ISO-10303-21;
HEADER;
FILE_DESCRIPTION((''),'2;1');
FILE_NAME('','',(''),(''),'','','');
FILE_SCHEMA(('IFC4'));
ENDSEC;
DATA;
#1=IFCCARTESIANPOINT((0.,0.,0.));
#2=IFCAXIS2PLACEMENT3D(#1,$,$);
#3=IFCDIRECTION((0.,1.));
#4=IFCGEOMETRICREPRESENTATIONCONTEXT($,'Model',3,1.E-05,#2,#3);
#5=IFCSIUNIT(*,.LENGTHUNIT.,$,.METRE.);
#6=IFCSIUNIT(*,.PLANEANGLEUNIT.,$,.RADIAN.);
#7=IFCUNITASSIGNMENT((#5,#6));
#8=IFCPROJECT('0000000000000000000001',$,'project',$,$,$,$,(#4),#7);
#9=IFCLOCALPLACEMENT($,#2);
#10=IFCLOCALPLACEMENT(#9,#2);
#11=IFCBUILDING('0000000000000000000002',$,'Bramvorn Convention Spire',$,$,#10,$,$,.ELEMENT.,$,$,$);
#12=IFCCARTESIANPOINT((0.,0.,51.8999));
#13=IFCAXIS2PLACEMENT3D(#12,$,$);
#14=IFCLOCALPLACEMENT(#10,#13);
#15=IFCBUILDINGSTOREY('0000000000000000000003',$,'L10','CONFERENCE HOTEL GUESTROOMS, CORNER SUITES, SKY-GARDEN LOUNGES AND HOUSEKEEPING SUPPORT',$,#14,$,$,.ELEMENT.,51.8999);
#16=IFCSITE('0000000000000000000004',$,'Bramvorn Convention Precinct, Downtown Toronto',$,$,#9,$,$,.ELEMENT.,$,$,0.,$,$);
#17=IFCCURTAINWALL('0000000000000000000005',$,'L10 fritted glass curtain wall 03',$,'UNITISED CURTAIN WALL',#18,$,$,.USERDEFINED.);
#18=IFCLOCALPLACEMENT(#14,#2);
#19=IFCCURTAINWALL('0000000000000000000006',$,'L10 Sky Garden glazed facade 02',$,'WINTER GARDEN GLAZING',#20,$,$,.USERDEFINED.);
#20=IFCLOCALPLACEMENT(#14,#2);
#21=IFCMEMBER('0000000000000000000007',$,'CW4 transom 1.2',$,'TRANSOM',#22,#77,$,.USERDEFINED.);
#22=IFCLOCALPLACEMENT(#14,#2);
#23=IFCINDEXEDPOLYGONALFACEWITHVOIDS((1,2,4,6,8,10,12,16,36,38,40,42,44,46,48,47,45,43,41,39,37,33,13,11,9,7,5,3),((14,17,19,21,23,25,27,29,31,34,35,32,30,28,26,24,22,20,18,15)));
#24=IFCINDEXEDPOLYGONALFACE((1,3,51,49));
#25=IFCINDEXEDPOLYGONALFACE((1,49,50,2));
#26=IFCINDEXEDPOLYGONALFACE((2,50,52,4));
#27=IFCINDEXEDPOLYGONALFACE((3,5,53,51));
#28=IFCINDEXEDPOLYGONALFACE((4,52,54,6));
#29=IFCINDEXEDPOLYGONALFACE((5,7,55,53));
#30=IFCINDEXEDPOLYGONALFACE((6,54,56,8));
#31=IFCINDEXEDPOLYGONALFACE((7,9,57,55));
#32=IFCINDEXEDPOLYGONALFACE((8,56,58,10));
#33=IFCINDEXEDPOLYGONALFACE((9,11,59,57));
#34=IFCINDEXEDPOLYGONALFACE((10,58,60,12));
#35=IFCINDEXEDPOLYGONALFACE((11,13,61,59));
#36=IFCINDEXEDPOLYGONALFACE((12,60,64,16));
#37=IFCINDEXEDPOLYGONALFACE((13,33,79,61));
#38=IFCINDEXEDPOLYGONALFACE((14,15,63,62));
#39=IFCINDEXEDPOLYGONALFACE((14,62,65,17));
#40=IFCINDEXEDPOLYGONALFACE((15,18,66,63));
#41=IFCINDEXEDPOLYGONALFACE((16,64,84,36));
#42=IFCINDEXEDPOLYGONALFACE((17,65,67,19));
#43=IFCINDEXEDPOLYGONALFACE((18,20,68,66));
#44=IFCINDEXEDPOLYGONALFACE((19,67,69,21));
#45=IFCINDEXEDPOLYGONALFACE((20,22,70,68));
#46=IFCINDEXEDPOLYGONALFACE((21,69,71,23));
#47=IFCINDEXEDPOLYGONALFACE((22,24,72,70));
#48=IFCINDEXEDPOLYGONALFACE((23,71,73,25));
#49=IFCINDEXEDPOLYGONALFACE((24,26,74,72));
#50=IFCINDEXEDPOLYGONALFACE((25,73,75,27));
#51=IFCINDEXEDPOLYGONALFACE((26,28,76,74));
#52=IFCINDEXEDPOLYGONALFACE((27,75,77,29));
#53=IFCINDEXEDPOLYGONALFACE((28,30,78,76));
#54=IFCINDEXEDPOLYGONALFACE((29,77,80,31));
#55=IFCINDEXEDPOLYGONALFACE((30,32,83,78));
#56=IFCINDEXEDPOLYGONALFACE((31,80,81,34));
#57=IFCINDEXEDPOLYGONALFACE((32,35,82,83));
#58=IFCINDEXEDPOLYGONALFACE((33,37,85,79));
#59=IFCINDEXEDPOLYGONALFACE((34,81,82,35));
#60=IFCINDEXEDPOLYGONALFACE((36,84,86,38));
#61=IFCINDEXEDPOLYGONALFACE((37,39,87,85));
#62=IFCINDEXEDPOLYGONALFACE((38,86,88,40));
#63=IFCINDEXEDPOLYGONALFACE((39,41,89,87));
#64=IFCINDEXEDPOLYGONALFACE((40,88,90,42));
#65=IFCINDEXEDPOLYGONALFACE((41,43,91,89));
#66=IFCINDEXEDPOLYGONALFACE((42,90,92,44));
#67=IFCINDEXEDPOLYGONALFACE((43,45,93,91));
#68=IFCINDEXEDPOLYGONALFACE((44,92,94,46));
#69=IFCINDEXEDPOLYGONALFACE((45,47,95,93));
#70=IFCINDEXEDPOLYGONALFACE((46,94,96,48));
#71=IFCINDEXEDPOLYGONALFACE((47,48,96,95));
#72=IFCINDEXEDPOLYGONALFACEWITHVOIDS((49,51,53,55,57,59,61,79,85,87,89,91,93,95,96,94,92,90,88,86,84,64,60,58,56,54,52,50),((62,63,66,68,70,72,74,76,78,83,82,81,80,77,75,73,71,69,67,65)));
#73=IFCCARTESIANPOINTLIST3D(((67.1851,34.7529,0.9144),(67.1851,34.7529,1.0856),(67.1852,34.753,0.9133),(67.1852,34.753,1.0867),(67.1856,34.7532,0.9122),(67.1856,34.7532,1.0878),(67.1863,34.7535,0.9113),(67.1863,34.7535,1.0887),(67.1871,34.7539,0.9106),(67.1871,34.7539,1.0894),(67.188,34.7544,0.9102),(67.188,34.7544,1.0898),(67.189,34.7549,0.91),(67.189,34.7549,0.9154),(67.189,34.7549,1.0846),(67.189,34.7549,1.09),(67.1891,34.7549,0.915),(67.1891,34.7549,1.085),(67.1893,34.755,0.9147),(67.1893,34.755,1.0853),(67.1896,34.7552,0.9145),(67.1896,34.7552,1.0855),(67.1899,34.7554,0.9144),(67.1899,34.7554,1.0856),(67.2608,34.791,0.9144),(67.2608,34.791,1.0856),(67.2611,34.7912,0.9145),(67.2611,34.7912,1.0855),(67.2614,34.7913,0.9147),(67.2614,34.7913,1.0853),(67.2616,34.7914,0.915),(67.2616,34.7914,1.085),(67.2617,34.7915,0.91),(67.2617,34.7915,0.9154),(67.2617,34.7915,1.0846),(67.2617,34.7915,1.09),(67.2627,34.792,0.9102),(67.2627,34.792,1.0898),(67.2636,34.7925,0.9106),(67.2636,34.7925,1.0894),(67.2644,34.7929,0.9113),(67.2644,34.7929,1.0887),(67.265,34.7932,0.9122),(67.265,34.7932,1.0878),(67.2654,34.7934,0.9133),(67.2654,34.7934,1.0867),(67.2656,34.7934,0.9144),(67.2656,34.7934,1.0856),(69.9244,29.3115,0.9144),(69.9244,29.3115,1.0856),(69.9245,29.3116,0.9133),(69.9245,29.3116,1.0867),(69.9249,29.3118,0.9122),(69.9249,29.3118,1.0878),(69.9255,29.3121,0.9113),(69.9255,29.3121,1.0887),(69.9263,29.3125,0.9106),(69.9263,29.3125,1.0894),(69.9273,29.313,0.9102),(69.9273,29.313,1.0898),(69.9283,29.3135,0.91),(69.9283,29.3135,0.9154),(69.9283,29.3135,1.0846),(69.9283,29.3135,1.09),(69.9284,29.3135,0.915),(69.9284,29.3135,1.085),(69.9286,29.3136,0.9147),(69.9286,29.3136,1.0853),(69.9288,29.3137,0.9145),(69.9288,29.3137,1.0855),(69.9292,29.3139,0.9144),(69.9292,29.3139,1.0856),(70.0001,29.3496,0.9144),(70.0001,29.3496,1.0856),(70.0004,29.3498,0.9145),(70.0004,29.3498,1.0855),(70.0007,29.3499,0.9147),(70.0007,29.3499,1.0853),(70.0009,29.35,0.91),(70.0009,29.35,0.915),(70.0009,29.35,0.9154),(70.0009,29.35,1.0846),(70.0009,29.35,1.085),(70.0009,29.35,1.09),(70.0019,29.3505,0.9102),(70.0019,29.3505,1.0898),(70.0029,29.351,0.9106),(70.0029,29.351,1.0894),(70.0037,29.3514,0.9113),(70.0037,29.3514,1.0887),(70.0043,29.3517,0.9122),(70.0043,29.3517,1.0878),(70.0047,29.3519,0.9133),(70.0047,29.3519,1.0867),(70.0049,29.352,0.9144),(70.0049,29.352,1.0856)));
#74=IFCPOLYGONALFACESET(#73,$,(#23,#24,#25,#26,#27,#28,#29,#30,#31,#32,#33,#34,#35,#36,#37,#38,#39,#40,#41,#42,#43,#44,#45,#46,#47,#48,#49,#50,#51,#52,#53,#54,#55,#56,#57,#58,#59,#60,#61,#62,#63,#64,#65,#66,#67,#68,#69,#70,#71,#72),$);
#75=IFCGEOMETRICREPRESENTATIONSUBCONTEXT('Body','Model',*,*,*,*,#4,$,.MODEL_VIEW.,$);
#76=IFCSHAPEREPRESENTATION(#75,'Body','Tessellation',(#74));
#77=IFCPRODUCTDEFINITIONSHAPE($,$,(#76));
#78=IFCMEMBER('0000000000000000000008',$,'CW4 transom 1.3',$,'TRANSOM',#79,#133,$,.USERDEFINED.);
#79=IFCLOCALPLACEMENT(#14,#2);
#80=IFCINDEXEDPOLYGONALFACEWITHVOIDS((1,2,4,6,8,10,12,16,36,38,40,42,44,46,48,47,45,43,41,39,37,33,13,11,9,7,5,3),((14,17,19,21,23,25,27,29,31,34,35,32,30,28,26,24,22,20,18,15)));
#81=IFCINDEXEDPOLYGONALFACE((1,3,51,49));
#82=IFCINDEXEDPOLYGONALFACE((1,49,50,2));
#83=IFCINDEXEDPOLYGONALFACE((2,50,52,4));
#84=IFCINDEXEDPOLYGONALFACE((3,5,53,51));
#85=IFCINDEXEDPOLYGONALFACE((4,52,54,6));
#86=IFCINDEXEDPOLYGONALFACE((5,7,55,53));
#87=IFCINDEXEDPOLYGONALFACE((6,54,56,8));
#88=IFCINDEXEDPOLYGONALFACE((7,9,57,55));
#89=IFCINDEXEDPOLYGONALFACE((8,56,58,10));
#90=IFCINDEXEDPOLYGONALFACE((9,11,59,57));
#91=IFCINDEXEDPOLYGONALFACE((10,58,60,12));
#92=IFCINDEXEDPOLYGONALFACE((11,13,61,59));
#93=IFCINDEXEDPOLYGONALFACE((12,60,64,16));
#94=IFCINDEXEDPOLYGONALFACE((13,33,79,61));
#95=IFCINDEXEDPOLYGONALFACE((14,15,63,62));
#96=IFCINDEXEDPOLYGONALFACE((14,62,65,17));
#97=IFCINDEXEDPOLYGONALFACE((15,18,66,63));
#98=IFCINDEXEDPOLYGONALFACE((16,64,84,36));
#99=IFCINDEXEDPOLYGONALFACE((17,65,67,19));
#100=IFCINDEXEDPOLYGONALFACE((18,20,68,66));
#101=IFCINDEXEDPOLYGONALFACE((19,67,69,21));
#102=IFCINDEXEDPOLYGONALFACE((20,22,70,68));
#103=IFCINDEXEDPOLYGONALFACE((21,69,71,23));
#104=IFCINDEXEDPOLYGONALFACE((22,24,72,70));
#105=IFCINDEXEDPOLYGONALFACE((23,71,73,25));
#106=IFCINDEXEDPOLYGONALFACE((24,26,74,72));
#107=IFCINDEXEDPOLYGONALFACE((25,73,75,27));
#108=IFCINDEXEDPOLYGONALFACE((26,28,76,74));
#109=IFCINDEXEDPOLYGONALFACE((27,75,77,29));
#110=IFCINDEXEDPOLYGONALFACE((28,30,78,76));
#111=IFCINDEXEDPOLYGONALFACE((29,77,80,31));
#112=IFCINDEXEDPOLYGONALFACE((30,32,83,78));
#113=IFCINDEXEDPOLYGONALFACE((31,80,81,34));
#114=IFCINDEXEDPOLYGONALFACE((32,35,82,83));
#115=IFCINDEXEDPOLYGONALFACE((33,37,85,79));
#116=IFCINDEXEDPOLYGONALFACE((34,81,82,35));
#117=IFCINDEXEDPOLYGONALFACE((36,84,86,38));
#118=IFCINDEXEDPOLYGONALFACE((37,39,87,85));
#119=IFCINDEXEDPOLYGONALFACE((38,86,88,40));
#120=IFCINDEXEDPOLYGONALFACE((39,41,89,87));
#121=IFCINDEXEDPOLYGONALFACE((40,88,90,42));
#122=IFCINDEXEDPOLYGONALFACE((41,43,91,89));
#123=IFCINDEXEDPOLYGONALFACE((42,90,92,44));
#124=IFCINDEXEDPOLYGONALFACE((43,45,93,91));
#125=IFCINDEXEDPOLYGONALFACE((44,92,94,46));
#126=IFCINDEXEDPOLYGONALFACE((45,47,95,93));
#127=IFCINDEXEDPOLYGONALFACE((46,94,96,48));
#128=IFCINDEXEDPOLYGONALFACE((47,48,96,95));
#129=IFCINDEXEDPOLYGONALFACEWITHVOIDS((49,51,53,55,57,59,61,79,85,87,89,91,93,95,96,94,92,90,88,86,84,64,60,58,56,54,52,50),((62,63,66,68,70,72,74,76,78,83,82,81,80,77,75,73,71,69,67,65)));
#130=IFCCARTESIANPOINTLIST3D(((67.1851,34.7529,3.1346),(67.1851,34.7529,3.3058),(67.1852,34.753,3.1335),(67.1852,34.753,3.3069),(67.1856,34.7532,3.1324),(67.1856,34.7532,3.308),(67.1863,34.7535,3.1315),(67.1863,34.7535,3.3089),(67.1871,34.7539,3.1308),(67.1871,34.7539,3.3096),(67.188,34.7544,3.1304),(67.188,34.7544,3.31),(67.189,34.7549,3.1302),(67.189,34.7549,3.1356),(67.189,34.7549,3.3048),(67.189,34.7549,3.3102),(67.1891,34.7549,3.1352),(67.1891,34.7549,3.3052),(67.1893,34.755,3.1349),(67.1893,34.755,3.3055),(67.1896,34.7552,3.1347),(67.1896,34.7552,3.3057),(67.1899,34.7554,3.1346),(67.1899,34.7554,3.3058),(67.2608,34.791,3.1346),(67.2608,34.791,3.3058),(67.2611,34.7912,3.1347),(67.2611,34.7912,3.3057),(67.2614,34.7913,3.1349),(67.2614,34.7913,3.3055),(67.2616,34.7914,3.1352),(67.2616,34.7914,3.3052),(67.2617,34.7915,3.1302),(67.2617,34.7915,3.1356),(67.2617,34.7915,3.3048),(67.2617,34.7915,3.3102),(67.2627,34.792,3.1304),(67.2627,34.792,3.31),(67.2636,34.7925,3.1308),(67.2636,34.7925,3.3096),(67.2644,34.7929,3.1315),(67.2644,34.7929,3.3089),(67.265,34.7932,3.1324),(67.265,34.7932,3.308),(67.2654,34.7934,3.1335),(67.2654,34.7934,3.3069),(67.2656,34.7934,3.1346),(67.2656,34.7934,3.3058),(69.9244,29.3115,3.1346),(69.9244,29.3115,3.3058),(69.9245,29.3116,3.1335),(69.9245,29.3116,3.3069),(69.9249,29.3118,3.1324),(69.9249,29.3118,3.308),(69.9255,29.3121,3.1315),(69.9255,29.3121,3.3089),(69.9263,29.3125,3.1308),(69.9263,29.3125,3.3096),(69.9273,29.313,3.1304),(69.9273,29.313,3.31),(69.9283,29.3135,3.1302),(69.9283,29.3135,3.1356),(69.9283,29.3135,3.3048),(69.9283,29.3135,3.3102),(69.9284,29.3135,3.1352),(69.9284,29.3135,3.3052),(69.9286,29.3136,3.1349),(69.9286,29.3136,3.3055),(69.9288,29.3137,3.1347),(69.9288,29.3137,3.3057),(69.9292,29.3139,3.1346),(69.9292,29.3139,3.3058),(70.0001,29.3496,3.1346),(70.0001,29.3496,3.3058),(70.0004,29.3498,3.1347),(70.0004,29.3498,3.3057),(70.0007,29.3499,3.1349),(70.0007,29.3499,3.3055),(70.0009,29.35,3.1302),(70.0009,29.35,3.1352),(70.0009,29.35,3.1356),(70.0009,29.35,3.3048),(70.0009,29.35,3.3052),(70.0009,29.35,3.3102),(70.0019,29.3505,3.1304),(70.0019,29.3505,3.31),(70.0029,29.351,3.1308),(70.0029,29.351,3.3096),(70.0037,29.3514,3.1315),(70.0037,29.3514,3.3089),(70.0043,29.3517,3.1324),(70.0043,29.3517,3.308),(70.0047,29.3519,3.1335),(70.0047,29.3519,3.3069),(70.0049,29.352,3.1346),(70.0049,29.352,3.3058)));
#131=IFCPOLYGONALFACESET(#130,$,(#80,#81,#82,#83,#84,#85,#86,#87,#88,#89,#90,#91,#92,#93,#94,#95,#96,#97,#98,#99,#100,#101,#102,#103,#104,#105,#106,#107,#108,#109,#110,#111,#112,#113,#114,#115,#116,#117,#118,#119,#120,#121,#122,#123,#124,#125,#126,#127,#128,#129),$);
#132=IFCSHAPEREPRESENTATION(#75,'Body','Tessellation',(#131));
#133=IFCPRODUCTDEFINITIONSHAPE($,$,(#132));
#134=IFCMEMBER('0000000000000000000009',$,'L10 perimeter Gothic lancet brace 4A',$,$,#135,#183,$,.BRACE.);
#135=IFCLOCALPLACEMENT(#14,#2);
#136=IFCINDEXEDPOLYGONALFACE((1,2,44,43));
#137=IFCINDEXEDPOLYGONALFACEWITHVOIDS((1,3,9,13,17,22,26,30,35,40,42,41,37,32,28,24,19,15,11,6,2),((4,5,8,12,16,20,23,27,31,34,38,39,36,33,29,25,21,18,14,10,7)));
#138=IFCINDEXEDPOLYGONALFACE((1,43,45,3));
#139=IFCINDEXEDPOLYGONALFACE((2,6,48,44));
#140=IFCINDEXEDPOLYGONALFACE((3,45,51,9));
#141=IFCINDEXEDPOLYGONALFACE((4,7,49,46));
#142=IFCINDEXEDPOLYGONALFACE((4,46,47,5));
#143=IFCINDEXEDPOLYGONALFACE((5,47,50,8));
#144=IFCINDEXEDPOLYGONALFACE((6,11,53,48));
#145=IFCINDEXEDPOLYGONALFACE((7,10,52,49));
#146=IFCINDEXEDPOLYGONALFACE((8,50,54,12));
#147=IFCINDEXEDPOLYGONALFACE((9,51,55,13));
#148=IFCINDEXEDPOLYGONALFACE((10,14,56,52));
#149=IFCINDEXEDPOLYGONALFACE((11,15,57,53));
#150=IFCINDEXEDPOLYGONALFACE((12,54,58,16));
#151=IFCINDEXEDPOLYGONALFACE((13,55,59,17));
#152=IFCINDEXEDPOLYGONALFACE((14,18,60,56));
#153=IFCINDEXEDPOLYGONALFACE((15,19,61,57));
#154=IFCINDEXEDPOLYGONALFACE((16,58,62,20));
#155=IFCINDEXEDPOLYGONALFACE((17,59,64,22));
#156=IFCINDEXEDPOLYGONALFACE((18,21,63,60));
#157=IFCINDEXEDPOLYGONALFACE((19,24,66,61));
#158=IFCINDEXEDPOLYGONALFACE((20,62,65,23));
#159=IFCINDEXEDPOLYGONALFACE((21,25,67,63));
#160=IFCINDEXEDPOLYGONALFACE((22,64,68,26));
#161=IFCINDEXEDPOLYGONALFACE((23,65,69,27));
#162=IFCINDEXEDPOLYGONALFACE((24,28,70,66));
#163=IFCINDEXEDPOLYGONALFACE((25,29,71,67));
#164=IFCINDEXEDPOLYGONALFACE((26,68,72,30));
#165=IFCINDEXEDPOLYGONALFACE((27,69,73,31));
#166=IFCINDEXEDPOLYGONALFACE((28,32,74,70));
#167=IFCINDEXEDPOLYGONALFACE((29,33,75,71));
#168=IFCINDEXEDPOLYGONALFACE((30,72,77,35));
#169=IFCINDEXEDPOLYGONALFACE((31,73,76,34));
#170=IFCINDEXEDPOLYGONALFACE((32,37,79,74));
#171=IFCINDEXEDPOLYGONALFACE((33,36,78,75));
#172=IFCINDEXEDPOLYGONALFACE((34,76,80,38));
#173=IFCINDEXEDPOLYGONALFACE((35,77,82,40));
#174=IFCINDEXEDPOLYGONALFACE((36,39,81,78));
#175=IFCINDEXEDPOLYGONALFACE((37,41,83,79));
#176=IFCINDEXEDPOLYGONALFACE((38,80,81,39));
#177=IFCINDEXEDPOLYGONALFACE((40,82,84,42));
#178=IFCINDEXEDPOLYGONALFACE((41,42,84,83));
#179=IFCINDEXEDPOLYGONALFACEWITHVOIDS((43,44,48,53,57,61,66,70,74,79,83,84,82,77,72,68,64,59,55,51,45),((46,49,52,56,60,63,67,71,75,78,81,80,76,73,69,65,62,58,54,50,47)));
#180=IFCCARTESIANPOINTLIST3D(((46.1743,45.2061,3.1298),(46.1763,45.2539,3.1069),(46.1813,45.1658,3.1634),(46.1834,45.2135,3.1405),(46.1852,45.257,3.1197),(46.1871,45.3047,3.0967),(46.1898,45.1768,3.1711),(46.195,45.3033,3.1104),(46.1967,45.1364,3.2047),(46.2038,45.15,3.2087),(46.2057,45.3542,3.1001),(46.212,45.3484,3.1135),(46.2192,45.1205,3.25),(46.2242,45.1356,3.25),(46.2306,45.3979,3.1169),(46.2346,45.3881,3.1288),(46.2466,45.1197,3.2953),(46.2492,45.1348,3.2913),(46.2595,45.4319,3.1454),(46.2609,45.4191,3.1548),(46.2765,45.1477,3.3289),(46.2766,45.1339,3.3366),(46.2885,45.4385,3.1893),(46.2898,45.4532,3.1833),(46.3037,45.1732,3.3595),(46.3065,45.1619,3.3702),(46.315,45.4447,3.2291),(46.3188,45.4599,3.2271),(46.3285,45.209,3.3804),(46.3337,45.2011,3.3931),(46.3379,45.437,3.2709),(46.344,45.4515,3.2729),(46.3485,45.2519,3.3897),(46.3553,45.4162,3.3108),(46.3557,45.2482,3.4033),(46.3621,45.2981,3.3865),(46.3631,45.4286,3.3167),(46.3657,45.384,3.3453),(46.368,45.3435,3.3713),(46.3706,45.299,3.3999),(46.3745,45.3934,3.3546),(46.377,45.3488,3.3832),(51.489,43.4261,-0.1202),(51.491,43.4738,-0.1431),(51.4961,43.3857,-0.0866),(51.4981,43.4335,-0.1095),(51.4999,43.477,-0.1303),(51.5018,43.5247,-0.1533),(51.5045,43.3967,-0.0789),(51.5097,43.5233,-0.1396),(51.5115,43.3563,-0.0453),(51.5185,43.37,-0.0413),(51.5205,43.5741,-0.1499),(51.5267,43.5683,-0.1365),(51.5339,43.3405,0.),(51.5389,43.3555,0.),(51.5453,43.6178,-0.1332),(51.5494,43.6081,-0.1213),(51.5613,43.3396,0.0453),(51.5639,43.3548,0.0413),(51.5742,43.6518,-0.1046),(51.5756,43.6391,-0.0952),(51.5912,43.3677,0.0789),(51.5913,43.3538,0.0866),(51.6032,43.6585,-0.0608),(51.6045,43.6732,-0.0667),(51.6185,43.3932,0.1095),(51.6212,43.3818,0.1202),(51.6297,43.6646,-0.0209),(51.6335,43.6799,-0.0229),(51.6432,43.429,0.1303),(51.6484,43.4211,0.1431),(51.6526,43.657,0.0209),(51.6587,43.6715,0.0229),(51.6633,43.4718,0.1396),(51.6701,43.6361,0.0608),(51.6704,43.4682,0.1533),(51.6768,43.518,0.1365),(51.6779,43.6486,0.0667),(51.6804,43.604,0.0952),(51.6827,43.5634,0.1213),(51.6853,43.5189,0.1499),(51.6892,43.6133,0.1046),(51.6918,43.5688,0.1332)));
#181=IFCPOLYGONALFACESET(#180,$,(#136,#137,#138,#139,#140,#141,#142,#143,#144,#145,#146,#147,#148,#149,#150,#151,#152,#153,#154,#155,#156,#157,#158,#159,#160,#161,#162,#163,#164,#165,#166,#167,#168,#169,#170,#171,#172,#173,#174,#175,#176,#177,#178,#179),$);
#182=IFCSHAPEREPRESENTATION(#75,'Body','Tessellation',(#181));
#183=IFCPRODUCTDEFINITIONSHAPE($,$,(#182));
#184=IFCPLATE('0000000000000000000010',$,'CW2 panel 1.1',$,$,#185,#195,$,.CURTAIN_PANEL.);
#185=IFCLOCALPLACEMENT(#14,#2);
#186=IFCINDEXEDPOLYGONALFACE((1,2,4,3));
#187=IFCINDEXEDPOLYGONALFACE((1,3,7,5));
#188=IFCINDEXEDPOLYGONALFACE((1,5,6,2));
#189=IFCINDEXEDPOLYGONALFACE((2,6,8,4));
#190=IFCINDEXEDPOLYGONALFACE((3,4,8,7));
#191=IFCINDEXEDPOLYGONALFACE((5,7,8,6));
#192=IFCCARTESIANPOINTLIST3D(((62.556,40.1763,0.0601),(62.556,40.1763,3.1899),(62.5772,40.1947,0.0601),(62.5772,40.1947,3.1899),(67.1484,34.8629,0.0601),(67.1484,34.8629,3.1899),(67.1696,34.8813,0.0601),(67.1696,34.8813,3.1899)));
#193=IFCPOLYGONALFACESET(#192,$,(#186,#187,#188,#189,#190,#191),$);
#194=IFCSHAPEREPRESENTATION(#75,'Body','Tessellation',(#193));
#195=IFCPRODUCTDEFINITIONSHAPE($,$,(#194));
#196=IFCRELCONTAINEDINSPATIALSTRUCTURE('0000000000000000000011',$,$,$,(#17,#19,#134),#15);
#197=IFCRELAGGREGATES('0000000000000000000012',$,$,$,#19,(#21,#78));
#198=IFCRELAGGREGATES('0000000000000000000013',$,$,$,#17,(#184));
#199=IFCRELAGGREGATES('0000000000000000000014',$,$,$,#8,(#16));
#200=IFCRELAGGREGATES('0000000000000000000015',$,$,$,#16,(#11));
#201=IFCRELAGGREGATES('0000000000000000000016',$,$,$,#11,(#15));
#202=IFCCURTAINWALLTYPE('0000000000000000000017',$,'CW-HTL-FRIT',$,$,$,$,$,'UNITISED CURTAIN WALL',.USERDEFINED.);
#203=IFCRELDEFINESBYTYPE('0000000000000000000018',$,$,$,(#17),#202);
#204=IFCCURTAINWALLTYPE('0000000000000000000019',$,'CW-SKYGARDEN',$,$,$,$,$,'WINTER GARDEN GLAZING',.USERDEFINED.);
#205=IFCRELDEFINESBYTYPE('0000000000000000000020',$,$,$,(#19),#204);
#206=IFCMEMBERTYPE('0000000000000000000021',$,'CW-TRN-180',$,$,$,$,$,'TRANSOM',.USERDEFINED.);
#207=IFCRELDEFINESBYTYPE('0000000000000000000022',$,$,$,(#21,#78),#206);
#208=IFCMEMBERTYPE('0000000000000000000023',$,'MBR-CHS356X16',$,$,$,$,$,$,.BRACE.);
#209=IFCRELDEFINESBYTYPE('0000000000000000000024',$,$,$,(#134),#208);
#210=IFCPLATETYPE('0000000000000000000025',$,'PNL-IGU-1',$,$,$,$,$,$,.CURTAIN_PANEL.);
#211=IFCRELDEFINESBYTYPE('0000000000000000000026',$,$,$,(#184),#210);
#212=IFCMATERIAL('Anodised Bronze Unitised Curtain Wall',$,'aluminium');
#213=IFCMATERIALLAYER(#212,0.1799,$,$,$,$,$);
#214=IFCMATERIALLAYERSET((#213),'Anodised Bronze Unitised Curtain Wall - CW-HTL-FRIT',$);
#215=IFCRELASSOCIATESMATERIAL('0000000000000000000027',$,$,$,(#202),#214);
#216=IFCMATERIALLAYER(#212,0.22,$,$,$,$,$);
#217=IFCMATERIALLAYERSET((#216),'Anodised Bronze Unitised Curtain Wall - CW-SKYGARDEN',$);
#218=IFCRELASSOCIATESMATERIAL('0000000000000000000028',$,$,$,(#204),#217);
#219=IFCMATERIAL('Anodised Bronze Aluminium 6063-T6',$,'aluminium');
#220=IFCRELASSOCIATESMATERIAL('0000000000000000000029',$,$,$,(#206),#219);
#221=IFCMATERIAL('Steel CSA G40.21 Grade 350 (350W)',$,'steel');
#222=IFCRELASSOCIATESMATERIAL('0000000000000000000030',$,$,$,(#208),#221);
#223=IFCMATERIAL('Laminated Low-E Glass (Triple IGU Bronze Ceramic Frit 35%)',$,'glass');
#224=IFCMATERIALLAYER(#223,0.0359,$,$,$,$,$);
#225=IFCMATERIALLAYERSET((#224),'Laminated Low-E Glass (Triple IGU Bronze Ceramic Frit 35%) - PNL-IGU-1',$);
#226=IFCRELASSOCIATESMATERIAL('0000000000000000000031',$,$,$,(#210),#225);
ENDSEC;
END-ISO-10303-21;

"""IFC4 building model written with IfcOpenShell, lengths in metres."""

from ifc_helpers import new_model, si_unit, direction, frame, origin, origin_2d, place, context, subcontext, project, spatial, rectangle, hollow_rectangle, hollow_circle, extrude, material, layer, layer_set, material_profile, profile_set, type_object, element, aggregate, save


model = new_model("IFC4")

# Units and contexts
model_context = context("Model", 3, precision=1e-05, world=origin(), true_north=direction((0.0, 1.0)))
body_context = subcontext(model_context, "Body", "Model", "MODEL_VIEW")
ifc_project = project(units=[si_unit("LENGTHUNIT", "METRE"), si_unit("PLANEANGLEUNIT", "RADIAN")], contexts=[model_context])

# Site, building, storey
site_placement = place(None, origin())
site = spatial("IfcSite", under=ifc_project, at=site_placement, Name="Bramvorn Convention Precinct, Downtown Toronto", CompositionType="ELEMENT", RefElevation=0.0)
building_placement = place(site_placement, origin())
building = spatial("IfcBuilding", under=site, at=building_placement, Name="Bramvorn Convention Spire", CompositionType="ELEMENT")
storey_placement = place(building_placement, frame((0.0, 0.0, 51.8999)))
storey = spatial("IfcBuildingStorey", under=building, at=storey_placement, Name="L10", Description="CONFERENCE HOTEL GUESTROOMS, CORNER SUITES, SKY-GARDEN LOUNGES AND HOUSEKEEPING SUPPORT", CompositionType="ELEMENT", Elevation=51.8999)

# Shared definitions
ifc_material_1 = material(Name="Steel CSA G40.21 Grade 350 (350W)", Category="steel")

# Curtain wall
ifc_material_2 = material(Name="Anodised Bronze Unitised Curtain Wall", Category="aluminium")
ifc_layer_1 = layer(ifc_material_2, 0.1799)
ifc_layer_set_1 = layer_set([ifc_layer_1], Name="Anodised Bronze Unitised Curtain Wall - CW-HTL-FRIT")
curtain_wall_type_1 = type_object("IfcCurtainWallType", Name="CW-HTL-FRIT", ElementType="UNITISED CURTAIN WALL", PredefinedType="USERDEFINED", material=ifc_layer_set_1)
curtain_wall_1_placement = place(storey_placement, origin())
curtain_wall_1 = element("IfcCurtainWall", 1, at=curtain_wall_1_placement, inside=storey, type_object=curtain_wall_type_1, Name="L10 fritted glass curtain wall 03", ObjectType="UNITISED CURTAIN WALL", PredefinedType="USERDEFINED")
ifc_material_3 = material(Name="Anodised Bronze Aluminium 6063-T6", Category="aluminium")

# Curtain wall
ifc_layer_2 = layer(ifc_material_2, 0.22)
ifc_layer_set_2 = layer_set([ifc_layer_2], Name="Anodised Bronze Unitised Curtain Wall - CW-SKYGARDEN")
curtain_wall_type_2 = type_object("IfcCurtainWallType", Name="CW-SKYGARDEN", ElementType="WINTER GARDEN GLAZING", PredefinedType="USERDEFINED", material=ifc_layer_set_2)
curtain_wall_2_placement = place(storey_placement, origin())
curtain_wall_2 = element("IfcCurtainWall", 2, at=curtain_wall_2_placement, inside=storey, type_object=curtain_wall_type_2, Name="L10 Sky Garden glazed facade 02", ObjectType="WINTER GARDEN GLAZING", PredefinedType="USERDEFINED")

# Members
ifc_material_profile_1 = material_profile(ifc_material_3, hollow_rectangle(XDim=0.0901, YDim=0.1799, WallThickness=0.0044, InnerFilletRadius=0.001, OuterFilletRadius=0.0044, at=origin_2d()))
ifc_profile_set_1 = profile_set([ifc_material_profile_1], Name="Anodised Bronze Aluminium 6063-T6 - CWT90X180")
member_type_1 = type_object("IfcMemberType", Name="CW-TRN-180", ElementType="TRANSOM", PredefinedType="USERDEFINED", material=ifc_profile_set_1)
member_1_placement = place(storey_placement, frame((67.2253, 34.7732, 1.0), z_axis=(0.449649, -0.893206, 0.0), x_axis=(0.893206, 0.449649, 0.0)))
member_1 = element("IfcMember", 3, at=member_1_placement, type_object=member_type_1, Name="CW4 transom 1.2", ObjectType="TRANSOM", PredefinedType="USERDEFINED", context=body_context, shape_type="SweptSolid", body=[
    extrude(hollow_rectangle(XDim=0.0901, YDim=0.1799, WallThickness=0.0044, InnerFilletRadius=0.001, OuterFilletRadius=0.0044, at=origin_2d()), origin(), (0.0, 0.0, 1.0), 6.092),
])
member_2_placement = place(storey_placement, frame((67.2253, 34.7732, 3.2202), z_axis=(0.449649, -0.893206, 0.0), x_axis=(0.893206, 0.449649, 0.0)))
member_2 = element("IfcMember", 4, at=member_2_placement, type_object=member_type_1, Name="CW4 transom 1.3", ObjectType="TRANSOM", PredefinedType="USERDEFINED", context=body_context, shape_type="SweptSolid", body=[
    extrude(hollow_rectangle(XDim=0.0901, YDim=0.1799, WallThickness=0.0044, InnerFilletRadius=0.001, OuterFilletRadius=0.0044, at=origin_2d()), origin(), (0.0, 0.0, 1.0), 6.092),
])
aggregate(curtain_wall_2, [member_1, member_2])
ifc_material_profile_2 = material_profile(ifc_material_1, hollow_circle(Radius=0.1777, WallThickness=0.0159, at=origin_2d()))
ifc_profile_set_2 = profile_set([ifc_material_profile_2], Name="Steel CSA G40.21 Grade 350 (350W) - CHS356X16")
member_type_2 = type_object("IfcMemberType", Name="MBR-CHS356X16", PredefinedType="BRACE", material=ifc_profile_set_2)
member_3_placement = place(storey_placement, frame((51.5903, 43.509, 0.0), z_axis=(-0.8203, 0.27474, 0.501623), x_axis=(-0.317586, -0.948229, 0.0)))
element("IfcMember", 5, at=member_3_placement, inside=storey, type_object=member_type_2, Name="L10 perimeter Gothic lancet brace 4A", PredefinedType="BRACE", context=body_context, shape_type="SweptSolid", body=[
    extrude(hollow_circle(Radius=0.1777, WallThickness=0.0159, at=origin_2d()), origin(), (0.0, 0.0, 1.0), 6.479),
])

# Plate
ifc_material_4 = material(Name="Laminated Low-E Glass (Triple IGU Bronze Ceramic Frit 35%)", Category="glass")
ifc_layer_3 = layer(ifc_material_4, 0.0359)
ifc_layer_set_3 = layer_set([ifc_layer_3], Name="Laminated Low-E Glass (Triple IGU Bronze Ceramic Frit 35%) - PNL-IGU-1")
plate_type = type_object("IfcPlateType", Name="PNL-IGU-1", PredefinedType="CURTAIN_PANEL", material=ifc_layer_set_3)
plate_1_placement = place(storey_placement, frame((64.8628, 37.5288, 0.0601), z_axis=(0.0, 0.0, 1.0), x_axis=(0.65391, -0.756572, 0.0)))
plate_1 = element("IfcPlate", 6, at=plate_1_placement, type_object=plate_type, Name="CW2 panel 1.1", PredefinedType="CURTAIN_PANEL", context=body_context, shape_type="SweptSolid", body=[
    extrude(rectangle(XDim=7.0229, YDim=0.0281, at=origin_2d()), origin(), (0.0, 0.0, 1.0), 3.1299),
])
aggregate(curtain_wall_1, [plate_1])

save(model, "model.ifc")
